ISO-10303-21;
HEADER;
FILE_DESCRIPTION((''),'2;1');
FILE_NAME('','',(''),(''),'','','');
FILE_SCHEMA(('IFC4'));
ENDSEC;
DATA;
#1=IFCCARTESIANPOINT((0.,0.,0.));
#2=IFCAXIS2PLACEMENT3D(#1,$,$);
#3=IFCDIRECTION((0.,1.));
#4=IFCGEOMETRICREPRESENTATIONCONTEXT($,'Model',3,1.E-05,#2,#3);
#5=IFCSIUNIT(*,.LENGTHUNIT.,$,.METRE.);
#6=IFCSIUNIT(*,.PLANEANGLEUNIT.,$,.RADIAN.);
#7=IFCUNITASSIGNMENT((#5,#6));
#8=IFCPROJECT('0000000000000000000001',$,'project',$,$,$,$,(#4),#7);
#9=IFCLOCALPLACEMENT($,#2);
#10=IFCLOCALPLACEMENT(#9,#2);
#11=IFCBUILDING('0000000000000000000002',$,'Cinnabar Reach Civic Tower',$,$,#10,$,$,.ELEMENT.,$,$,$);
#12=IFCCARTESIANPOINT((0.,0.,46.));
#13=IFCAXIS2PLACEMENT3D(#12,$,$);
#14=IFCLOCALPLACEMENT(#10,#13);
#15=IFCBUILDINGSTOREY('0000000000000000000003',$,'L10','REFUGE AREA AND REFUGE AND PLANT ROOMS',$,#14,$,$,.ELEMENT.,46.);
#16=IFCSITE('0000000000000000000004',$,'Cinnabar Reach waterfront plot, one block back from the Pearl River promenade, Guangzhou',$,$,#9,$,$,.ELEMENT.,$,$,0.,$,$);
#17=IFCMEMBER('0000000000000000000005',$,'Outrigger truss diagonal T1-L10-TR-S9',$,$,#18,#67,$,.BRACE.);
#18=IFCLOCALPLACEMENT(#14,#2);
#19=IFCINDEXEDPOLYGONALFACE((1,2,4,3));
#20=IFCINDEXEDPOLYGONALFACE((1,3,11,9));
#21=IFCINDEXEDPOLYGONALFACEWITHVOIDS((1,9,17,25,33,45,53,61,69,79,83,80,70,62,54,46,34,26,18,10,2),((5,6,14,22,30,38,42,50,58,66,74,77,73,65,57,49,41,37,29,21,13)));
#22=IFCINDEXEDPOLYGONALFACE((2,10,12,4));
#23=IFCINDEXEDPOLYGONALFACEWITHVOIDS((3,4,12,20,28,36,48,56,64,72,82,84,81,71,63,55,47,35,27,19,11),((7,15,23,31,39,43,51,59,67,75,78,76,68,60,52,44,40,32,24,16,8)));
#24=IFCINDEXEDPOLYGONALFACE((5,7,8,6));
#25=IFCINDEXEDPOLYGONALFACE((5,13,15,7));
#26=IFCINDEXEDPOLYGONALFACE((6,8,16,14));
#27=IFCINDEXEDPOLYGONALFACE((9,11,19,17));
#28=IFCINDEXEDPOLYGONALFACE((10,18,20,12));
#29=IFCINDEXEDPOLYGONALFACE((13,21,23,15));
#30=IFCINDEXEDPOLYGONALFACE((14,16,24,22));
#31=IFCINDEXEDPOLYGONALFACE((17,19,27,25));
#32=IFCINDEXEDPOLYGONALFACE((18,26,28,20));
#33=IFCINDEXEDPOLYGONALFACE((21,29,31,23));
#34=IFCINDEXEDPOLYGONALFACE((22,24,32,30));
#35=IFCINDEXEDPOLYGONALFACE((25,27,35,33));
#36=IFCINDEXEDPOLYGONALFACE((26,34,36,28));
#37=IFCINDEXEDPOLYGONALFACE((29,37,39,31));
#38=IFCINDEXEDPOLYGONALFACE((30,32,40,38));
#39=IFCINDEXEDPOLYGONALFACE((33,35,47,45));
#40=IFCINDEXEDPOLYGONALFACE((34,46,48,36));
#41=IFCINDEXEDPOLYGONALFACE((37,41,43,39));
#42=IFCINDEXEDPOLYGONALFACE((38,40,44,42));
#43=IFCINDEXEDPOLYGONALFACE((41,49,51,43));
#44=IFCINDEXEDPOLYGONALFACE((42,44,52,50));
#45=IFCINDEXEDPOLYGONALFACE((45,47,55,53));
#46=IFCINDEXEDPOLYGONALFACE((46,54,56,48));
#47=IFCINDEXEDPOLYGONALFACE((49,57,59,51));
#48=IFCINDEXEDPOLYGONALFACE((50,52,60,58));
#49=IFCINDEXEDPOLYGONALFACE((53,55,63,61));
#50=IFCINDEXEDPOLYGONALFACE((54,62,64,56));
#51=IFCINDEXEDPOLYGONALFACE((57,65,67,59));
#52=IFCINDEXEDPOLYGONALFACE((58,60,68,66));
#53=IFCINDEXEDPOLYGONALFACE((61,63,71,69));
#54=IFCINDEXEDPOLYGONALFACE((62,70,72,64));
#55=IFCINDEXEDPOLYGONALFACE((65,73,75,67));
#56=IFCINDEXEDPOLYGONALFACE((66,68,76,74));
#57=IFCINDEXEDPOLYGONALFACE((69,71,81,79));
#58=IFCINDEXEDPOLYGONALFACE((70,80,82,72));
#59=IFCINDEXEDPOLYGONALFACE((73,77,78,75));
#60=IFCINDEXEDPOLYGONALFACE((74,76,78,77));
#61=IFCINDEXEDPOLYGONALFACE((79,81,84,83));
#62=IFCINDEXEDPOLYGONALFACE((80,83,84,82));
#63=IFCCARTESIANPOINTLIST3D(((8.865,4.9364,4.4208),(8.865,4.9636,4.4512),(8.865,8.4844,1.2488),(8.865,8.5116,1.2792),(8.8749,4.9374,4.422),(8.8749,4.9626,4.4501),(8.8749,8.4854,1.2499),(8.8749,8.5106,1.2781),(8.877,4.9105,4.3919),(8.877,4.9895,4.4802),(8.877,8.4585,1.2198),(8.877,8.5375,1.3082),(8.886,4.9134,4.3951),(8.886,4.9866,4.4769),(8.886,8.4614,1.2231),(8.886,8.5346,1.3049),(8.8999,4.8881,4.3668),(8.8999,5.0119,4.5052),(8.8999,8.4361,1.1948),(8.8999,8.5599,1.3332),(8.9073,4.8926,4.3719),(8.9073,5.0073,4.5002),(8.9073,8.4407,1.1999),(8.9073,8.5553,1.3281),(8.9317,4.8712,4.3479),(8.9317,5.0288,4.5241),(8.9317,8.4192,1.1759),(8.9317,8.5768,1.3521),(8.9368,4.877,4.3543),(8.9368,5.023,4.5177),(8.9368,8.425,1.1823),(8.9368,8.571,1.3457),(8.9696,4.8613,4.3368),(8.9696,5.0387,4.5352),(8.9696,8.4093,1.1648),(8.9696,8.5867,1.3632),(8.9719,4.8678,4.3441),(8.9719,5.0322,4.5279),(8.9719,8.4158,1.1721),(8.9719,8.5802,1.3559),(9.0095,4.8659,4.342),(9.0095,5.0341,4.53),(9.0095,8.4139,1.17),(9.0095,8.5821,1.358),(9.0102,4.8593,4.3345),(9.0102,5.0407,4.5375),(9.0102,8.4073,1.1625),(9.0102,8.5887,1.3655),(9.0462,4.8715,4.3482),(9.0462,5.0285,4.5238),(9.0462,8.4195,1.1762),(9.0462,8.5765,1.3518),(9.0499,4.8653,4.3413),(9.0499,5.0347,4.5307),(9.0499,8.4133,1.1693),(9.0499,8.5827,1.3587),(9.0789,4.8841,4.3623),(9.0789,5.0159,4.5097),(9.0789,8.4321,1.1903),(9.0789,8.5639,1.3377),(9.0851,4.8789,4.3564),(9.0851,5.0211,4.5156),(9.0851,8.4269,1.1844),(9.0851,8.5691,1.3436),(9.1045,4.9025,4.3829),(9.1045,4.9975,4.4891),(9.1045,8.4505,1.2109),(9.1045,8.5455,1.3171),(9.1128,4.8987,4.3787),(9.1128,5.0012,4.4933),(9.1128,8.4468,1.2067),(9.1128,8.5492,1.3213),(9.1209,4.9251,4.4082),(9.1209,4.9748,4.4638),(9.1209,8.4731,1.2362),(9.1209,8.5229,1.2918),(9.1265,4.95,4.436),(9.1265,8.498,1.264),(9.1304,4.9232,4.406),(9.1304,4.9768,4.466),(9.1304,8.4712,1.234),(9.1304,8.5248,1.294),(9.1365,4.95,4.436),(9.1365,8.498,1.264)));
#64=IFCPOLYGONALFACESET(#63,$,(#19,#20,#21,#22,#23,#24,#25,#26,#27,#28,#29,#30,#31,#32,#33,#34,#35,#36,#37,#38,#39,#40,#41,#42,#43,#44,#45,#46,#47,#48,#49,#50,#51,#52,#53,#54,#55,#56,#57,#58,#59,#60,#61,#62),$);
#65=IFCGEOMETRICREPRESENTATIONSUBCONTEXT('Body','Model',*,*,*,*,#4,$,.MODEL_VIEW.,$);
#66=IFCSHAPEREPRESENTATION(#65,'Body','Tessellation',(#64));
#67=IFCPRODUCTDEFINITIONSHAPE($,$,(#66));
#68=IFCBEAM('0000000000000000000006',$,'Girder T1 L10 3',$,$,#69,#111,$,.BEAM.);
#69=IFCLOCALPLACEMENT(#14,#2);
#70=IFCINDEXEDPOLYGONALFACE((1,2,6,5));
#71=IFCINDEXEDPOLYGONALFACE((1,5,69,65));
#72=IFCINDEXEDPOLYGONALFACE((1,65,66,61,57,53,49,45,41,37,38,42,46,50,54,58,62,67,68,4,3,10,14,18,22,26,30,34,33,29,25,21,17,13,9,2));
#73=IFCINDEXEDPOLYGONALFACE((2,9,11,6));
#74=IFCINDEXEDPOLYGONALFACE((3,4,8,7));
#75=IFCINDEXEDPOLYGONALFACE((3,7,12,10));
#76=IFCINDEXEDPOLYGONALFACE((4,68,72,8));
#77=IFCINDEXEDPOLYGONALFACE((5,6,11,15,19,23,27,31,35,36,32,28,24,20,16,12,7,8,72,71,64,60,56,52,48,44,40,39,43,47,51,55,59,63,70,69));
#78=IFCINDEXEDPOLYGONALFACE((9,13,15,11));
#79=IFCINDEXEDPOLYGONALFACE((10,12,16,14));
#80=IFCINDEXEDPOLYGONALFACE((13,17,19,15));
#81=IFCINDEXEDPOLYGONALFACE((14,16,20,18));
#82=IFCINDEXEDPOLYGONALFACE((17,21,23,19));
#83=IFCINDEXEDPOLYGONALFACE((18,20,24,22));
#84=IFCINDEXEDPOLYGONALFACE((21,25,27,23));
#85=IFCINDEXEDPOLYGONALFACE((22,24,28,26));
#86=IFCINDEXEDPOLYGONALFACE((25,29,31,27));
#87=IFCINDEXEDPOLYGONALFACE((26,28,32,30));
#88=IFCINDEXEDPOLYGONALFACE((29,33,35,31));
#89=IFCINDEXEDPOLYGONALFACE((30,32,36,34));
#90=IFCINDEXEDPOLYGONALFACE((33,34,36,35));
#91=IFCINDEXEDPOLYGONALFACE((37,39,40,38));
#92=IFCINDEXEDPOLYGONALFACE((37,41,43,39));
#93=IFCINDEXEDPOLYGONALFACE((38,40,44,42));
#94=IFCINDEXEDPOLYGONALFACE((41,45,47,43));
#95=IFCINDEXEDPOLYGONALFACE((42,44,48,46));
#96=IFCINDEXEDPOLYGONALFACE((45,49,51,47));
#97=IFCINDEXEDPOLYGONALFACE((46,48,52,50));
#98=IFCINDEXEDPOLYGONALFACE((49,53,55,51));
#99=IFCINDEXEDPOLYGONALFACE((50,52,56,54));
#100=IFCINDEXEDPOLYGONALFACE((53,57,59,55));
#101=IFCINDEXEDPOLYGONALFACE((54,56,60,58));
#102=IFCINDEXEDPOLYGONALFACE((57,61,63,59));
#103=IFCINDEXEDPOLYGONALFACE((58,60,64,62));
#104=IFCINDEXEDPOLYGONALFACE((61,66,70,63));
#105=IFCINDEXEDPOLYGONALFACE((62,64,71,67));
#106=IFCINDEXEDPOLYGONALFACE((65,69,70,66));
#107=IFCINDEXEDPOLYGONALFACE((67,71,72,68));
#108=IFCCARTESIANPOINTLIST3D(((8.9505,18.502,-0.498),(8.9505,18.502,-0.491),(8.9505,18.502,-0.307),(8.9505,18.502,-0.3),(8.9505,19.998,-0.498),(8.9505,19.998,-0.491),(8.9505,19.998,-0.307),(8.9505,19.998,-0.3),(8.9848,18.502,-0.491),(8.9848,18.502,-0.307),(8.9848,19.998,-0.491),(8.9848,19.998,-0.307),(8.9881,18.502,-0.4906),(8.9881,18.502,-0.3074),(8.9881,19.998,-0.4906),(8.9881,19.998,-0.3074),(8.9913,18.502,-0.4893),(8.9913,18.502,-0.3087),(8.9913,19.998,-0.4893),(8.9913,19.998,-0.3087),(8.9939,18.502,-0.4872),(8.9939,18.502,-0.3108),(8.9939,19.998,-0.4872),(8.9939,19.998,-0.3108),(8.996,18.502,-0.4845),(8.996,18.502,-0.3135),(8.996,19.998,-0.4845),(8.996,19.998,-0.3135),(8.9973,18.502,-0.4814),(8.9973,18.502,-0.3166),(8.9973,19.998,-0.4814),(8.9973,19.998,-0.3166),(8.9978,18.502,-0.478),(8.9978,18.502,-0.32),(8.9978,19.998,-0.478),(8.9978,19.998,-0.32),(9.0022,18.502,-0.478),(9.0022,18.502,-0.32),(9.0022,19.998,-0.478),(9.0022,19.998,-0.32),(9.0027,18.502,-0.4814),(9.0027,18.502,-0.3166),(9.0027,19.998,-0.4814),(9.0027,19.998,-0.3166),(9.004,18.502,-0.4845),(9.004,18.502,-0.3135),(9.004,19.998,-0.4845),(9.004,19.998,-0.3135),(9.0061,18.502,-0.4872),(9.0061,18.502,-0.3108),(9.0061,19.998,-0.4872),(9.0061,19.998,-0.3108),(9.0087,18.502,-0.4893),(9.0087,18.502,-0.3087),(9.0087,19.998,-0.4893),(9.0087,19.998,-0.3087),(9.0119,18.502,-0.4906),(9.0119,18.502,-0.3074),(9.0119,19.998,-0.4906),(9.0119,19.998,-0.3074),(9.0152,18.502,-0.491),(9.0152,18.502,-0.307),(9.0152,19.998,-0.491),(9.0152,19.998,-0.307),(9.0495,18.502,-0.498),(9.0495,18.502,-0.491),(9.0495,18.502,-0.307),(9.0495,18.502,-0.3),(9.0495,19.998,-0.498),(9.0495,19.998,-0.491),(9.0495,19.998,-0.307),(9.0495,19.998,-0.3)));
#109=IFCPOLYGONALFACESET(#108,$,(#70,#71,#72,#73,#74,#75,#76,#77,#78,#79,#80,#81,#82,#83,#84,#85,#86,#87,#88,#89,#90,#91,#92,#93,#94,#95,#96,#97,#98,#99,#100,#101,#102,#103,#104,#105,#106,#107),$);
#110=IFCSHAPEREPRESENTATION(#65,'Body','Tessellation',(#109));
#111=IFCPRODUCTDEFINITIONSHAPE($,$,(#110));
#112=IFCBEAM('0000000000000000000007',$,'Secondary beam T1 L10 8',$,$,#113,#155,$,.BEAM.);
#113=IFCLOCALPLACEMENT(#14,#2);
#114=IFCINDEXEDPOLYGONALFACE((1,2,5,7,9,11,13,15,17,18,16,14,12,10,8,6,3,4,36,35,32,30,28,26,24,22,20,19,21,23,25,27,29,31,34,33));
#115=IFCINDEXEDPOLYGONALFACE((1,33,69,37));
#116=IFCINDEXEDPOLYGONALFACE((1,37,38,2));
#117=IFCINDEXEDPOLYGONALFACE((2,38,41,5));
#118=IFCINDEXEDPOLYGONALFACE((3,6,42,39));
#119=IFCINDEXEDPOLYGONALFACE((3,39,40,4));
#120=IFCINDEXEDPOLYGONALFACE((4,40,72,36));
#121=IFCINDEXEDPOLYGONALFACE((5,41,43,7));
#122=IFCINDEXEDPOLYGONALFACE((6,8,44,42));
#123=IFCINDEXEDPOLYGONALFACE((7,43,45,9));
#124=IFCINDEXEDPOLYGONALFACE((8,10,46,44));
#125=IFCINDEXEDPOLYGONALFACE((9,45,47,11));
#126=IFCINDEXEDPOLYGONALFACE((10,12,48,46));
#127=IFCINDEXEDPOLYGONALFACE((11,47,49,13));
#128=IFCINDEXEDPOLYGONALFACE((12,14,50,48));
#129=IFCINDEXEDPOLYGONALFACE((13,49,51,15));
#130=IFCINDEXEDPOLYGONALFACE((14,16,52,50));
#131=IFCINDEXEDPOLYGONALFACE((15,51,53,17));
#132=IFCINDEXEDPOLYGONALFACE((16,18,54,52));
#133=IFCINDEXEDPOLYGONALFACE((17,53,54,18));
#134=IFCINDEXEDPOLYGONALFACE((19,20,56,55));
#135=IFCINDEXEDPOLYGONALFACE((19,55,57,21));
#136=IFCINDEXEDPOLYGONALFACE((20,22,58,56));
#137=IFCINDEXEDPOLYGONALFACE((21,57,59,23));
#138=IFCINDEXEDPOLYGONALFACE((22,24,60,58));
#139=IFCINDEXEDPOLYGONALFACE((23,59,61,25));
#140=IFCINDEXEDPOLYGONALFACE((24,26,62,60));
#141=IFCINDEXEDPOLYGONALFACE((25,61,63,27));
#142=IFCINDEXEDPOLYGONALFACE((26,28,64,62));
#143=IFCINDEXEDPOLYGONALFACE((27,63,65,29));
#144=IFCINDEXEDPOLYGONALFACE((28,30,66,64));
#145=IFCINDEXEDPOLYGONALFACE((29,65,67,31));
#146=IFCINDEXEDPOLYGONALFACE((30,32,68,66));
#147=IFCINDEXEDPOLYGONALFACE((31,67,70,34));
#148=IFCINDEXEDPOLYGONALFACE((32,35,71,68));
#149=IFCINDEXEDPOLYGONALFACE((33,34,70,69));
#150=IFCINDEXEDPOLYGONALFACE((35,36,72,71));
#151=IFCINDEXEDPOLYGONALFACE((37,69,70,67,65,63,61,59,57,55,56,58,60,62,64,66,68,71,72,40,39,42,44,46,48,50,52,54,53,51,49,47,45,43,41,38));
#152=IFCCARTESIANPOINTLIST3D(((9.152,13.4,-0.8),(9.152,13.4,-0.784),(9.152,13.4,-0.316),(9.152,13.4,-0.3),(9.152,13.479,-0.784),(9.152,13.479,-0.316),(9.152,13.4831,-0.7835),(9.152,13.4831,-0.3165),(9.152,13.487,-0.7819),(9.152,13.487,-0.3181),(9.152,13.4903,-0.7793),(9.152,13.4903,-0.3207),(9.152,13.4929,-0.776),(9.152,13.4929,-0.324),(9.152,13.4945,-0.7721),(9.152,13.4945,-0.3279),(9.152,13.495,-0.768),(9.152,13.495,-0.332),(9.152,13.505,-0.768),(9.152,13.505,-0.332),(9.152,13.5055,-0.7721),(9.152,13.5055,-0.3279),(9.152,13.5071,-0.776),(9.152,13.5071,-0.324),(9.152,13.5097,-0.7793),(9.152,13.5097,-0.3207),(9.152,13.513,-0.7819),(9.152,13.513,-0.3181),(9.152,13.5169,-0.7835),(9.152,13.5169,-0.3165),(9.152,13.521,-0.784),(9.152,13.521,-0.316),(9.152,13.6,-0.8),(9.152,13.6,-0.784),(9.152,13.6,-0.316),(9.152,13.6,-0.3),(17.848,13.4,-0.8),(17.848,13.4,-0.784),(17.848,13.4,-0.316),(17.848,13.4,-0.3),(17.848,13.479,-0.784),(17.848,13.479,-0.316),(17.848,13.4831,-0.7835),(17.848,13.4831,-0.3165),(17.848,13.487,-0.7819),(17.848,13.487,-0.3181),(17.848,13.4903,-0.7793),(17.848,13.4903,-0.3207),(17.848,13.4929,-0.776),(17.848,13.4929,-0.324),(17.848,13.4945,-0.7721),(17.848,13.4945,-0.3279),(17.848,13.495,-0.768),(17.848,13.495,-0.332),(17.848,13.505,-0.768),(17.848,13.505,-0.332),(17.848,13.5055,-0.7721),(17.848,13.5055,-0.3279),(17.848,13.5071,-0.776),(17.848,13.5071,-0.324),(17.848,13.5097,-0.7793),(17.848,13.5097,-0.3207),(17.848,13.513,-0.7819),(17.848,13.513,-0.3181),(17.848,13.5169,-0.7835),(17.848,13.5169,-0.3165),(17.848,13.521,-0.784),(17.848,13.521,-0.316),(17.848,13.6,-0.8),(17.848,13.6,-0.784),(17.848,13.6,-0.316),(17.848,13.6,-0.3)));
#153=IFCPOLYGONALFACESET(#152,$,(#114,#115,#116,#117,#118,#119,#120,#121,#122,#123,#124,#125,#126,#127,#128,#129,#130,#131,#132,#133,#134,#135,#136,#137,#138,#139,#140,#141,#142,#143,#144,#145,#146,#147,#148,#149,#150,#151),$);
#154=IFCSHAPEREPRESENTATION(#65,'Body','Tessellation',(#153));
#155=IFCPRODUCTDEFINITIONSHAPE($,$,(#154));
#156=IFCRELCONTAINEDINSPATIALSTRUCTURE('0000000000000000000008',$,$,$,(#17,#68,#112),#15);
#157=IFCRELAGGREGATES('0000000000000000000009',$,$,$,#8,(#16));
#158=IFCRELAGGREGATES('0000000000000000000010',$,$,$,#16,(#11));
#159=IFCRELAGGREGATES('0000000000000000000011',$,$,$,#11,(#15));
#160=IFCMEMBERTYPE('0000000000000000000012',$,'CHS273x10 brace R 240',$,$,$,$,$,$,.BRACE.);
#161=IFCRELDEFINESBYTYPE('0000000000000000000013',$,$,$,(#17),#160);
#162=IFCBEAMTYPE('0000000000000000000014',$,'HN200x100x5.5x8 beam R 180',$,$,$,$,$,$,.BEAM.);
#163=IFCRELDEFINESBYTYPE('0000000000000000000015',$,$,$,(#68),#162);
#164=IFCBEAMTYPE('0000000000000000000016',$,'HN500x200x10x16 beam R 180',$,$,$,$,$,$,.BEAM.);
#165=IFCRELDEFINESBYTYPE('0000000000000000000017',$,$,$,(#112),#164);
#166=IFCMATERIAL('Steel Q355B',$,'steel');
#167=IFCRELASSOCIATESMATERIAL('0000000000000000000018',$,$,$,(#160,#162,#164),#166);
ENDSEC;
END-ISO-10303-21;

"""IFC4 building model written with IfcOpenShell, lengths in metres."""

from ifc_helpers import new_model, si_unit, direction, frame, origin, origin_2d, place, context, subcontext, project, spatial, hollow_circle, i_section, extrude, material, material_profile, profile_set, type_object, element, save


model = new_model("IFC4")

# Units and contexts
model_context = context("Model", 3, precision=1e-05, world=origin(), true_north=direction((0.0, 1.0)))
body_context = subcontext(model_context, "Body", "Model", "MODEL_VIEW")
ifc_project = project(units=[si_unit("LENGTHUNIT", "METRE"), si_unit("PLANEANGLEUNIT", "RADIAN")], contexts=[model_context])

# Site, building, storey
site_placement = place(None, origin())
site = spatial("IfcSite", under=ifc_project, at=site_placement, Name="Cinnabar Reach waterfront plot, one block back from the Pearl River promenade, Guangzhou", CompositionType="ELEMENT", RefElevation=0.0)
building_placement = place(site_placement, origin())
building = spatial("IfcBuilding", under=site, at=building_placement, Name="Cinnabar Reach Civic Tower", CompositionType="ELEMENT")
storey_placement = place(building_placement, frame((0.0, 0.0, 46.0)))
storey = spatial("IfcBuildingStorey", under=building, at=storey_placement, Name="L10", Description="REFUGE AREA AND REFUGE AND PLANT ROOMS", CompositionType="ELEMENT", Elevation=46.0)

# Member
ifc_material_1 = material(Name="Steel Q355B", Category="steel")
ifc_material_profile_1 = material_profile(ifc_material_1, hollow_circle(Radius=0.1365, WallThickness=0.01, at=origin_2d()), Name="CHS273x10")
ifc_profile_set_1 = profile_set([ifc_material_profile_1], Name="Steel Q355B")
member_type_1 = type_object("IfcMemberType", Name="CHS273x10 brace R 240", PredefinedType="BRACE", material=ifc_profile_set_1)
member_1_placement = place(storey_placement, frame((9.0, 8.498, 1.264), z_axis=(0.0, -0.745505, 0.6665), x_axis=(1.0, 0.0, 0.0)))
element("IfcMember", 1, at=member_1_placement, inside=storey, type_object=member_type_1, Name="Outrigger truss diagonal T1-L10-TR-S9", PredefinedType="BRACE", context=body_context, shape_type="SweptSolid", body=[
    extrude(hollow_circle(Radius=0.1365, WallThickness=0.01, at=origin_2d()), origin(), (0.0, 0.0, 1.0), 4.7592),
])

# Beams
ifc_material_profile_2 = material_profile(ifc_material_1, i_section(OverallWidth=0.099, OverallDepth=0.198, WebThickness=0.0045, FlangeThickness=0.007, FilletRadius=0.013, at=origin_2d()), Name="HN200x100x5.5x8")
ifc_profile_set_2 = profile_set([ifc_material_profile_2], Name="Steel Q355B")
beam_type_1 = type_object("IfcBeamType", Name="HN200x100x5.5x8 beam R 180", PredefinedType="BEAM", material=ifc_profile_set_2)
beam_1_placement = place(storey_placement, frame((9.0, 18.502, -0.399), z_axis=(0.0, 1.0, 0.0), x_axis=(-1.0, 0.0, 0.0)))
element("IfcBeam", 2, at=beam_1_placement, inside=storey, type_object=beam_type_1, Name="Girder T1 L10 3", PredefinedType="BEAM", context=body_context, shape_type="SweptSolid", body=[
    extrude(i_section(OverallWidth=0.099, OverallDepth=0.198, WebThickness=0.0045, FlangeThickness=0.007, FilletRadius=0.013, at=origin_2d()), origin(), (0.0, 0.0, 1.0), 1.496),
])
ifc_material_profile_3 = material_profile(ifc_material_1, i_section(OverallWidth=0.2, OverallDepth=0.5, WebThickness=0.01, FlangeThickness=0.016, FilletRadius=0.016, at=origin_2d()), Name="HN500x200x10x16")
ifc_profile_set_3 = profile_set([ifc_material_profile_3], Name="Steel Q355B")
beam_type_2 = type_object("IfcBeamType", Name="HN500x200x10x16 beam R 180", PredefinedType="BEAM", material=ifc_profile_set_3)
beam_2_placement = place(storey_placement, frame((9.152, 13.5, -0.55), z_axis=(1.0, 0.0, 0.0), x_axis=(0.0, 1.0, 0.0)))
element("IfcBeam", 3, at=beam_2_placement, inside=storey, type_object=beam_type_2, Name="Secondary beam T1 L10 8", PredefinedType="BEAM", context=body_context, shape_type="SweptSolid", body=[
    extrude(i_section(OverallWidth=0.2, OverallDepth=0.5, WebThickness=0.01, FlangeThickness=0.016, FilletRadius=0.016, at=origin_2d()), origin(), (0.0, 0.0, 1.0), 8.696),
])

save(model, "model.ifc")
